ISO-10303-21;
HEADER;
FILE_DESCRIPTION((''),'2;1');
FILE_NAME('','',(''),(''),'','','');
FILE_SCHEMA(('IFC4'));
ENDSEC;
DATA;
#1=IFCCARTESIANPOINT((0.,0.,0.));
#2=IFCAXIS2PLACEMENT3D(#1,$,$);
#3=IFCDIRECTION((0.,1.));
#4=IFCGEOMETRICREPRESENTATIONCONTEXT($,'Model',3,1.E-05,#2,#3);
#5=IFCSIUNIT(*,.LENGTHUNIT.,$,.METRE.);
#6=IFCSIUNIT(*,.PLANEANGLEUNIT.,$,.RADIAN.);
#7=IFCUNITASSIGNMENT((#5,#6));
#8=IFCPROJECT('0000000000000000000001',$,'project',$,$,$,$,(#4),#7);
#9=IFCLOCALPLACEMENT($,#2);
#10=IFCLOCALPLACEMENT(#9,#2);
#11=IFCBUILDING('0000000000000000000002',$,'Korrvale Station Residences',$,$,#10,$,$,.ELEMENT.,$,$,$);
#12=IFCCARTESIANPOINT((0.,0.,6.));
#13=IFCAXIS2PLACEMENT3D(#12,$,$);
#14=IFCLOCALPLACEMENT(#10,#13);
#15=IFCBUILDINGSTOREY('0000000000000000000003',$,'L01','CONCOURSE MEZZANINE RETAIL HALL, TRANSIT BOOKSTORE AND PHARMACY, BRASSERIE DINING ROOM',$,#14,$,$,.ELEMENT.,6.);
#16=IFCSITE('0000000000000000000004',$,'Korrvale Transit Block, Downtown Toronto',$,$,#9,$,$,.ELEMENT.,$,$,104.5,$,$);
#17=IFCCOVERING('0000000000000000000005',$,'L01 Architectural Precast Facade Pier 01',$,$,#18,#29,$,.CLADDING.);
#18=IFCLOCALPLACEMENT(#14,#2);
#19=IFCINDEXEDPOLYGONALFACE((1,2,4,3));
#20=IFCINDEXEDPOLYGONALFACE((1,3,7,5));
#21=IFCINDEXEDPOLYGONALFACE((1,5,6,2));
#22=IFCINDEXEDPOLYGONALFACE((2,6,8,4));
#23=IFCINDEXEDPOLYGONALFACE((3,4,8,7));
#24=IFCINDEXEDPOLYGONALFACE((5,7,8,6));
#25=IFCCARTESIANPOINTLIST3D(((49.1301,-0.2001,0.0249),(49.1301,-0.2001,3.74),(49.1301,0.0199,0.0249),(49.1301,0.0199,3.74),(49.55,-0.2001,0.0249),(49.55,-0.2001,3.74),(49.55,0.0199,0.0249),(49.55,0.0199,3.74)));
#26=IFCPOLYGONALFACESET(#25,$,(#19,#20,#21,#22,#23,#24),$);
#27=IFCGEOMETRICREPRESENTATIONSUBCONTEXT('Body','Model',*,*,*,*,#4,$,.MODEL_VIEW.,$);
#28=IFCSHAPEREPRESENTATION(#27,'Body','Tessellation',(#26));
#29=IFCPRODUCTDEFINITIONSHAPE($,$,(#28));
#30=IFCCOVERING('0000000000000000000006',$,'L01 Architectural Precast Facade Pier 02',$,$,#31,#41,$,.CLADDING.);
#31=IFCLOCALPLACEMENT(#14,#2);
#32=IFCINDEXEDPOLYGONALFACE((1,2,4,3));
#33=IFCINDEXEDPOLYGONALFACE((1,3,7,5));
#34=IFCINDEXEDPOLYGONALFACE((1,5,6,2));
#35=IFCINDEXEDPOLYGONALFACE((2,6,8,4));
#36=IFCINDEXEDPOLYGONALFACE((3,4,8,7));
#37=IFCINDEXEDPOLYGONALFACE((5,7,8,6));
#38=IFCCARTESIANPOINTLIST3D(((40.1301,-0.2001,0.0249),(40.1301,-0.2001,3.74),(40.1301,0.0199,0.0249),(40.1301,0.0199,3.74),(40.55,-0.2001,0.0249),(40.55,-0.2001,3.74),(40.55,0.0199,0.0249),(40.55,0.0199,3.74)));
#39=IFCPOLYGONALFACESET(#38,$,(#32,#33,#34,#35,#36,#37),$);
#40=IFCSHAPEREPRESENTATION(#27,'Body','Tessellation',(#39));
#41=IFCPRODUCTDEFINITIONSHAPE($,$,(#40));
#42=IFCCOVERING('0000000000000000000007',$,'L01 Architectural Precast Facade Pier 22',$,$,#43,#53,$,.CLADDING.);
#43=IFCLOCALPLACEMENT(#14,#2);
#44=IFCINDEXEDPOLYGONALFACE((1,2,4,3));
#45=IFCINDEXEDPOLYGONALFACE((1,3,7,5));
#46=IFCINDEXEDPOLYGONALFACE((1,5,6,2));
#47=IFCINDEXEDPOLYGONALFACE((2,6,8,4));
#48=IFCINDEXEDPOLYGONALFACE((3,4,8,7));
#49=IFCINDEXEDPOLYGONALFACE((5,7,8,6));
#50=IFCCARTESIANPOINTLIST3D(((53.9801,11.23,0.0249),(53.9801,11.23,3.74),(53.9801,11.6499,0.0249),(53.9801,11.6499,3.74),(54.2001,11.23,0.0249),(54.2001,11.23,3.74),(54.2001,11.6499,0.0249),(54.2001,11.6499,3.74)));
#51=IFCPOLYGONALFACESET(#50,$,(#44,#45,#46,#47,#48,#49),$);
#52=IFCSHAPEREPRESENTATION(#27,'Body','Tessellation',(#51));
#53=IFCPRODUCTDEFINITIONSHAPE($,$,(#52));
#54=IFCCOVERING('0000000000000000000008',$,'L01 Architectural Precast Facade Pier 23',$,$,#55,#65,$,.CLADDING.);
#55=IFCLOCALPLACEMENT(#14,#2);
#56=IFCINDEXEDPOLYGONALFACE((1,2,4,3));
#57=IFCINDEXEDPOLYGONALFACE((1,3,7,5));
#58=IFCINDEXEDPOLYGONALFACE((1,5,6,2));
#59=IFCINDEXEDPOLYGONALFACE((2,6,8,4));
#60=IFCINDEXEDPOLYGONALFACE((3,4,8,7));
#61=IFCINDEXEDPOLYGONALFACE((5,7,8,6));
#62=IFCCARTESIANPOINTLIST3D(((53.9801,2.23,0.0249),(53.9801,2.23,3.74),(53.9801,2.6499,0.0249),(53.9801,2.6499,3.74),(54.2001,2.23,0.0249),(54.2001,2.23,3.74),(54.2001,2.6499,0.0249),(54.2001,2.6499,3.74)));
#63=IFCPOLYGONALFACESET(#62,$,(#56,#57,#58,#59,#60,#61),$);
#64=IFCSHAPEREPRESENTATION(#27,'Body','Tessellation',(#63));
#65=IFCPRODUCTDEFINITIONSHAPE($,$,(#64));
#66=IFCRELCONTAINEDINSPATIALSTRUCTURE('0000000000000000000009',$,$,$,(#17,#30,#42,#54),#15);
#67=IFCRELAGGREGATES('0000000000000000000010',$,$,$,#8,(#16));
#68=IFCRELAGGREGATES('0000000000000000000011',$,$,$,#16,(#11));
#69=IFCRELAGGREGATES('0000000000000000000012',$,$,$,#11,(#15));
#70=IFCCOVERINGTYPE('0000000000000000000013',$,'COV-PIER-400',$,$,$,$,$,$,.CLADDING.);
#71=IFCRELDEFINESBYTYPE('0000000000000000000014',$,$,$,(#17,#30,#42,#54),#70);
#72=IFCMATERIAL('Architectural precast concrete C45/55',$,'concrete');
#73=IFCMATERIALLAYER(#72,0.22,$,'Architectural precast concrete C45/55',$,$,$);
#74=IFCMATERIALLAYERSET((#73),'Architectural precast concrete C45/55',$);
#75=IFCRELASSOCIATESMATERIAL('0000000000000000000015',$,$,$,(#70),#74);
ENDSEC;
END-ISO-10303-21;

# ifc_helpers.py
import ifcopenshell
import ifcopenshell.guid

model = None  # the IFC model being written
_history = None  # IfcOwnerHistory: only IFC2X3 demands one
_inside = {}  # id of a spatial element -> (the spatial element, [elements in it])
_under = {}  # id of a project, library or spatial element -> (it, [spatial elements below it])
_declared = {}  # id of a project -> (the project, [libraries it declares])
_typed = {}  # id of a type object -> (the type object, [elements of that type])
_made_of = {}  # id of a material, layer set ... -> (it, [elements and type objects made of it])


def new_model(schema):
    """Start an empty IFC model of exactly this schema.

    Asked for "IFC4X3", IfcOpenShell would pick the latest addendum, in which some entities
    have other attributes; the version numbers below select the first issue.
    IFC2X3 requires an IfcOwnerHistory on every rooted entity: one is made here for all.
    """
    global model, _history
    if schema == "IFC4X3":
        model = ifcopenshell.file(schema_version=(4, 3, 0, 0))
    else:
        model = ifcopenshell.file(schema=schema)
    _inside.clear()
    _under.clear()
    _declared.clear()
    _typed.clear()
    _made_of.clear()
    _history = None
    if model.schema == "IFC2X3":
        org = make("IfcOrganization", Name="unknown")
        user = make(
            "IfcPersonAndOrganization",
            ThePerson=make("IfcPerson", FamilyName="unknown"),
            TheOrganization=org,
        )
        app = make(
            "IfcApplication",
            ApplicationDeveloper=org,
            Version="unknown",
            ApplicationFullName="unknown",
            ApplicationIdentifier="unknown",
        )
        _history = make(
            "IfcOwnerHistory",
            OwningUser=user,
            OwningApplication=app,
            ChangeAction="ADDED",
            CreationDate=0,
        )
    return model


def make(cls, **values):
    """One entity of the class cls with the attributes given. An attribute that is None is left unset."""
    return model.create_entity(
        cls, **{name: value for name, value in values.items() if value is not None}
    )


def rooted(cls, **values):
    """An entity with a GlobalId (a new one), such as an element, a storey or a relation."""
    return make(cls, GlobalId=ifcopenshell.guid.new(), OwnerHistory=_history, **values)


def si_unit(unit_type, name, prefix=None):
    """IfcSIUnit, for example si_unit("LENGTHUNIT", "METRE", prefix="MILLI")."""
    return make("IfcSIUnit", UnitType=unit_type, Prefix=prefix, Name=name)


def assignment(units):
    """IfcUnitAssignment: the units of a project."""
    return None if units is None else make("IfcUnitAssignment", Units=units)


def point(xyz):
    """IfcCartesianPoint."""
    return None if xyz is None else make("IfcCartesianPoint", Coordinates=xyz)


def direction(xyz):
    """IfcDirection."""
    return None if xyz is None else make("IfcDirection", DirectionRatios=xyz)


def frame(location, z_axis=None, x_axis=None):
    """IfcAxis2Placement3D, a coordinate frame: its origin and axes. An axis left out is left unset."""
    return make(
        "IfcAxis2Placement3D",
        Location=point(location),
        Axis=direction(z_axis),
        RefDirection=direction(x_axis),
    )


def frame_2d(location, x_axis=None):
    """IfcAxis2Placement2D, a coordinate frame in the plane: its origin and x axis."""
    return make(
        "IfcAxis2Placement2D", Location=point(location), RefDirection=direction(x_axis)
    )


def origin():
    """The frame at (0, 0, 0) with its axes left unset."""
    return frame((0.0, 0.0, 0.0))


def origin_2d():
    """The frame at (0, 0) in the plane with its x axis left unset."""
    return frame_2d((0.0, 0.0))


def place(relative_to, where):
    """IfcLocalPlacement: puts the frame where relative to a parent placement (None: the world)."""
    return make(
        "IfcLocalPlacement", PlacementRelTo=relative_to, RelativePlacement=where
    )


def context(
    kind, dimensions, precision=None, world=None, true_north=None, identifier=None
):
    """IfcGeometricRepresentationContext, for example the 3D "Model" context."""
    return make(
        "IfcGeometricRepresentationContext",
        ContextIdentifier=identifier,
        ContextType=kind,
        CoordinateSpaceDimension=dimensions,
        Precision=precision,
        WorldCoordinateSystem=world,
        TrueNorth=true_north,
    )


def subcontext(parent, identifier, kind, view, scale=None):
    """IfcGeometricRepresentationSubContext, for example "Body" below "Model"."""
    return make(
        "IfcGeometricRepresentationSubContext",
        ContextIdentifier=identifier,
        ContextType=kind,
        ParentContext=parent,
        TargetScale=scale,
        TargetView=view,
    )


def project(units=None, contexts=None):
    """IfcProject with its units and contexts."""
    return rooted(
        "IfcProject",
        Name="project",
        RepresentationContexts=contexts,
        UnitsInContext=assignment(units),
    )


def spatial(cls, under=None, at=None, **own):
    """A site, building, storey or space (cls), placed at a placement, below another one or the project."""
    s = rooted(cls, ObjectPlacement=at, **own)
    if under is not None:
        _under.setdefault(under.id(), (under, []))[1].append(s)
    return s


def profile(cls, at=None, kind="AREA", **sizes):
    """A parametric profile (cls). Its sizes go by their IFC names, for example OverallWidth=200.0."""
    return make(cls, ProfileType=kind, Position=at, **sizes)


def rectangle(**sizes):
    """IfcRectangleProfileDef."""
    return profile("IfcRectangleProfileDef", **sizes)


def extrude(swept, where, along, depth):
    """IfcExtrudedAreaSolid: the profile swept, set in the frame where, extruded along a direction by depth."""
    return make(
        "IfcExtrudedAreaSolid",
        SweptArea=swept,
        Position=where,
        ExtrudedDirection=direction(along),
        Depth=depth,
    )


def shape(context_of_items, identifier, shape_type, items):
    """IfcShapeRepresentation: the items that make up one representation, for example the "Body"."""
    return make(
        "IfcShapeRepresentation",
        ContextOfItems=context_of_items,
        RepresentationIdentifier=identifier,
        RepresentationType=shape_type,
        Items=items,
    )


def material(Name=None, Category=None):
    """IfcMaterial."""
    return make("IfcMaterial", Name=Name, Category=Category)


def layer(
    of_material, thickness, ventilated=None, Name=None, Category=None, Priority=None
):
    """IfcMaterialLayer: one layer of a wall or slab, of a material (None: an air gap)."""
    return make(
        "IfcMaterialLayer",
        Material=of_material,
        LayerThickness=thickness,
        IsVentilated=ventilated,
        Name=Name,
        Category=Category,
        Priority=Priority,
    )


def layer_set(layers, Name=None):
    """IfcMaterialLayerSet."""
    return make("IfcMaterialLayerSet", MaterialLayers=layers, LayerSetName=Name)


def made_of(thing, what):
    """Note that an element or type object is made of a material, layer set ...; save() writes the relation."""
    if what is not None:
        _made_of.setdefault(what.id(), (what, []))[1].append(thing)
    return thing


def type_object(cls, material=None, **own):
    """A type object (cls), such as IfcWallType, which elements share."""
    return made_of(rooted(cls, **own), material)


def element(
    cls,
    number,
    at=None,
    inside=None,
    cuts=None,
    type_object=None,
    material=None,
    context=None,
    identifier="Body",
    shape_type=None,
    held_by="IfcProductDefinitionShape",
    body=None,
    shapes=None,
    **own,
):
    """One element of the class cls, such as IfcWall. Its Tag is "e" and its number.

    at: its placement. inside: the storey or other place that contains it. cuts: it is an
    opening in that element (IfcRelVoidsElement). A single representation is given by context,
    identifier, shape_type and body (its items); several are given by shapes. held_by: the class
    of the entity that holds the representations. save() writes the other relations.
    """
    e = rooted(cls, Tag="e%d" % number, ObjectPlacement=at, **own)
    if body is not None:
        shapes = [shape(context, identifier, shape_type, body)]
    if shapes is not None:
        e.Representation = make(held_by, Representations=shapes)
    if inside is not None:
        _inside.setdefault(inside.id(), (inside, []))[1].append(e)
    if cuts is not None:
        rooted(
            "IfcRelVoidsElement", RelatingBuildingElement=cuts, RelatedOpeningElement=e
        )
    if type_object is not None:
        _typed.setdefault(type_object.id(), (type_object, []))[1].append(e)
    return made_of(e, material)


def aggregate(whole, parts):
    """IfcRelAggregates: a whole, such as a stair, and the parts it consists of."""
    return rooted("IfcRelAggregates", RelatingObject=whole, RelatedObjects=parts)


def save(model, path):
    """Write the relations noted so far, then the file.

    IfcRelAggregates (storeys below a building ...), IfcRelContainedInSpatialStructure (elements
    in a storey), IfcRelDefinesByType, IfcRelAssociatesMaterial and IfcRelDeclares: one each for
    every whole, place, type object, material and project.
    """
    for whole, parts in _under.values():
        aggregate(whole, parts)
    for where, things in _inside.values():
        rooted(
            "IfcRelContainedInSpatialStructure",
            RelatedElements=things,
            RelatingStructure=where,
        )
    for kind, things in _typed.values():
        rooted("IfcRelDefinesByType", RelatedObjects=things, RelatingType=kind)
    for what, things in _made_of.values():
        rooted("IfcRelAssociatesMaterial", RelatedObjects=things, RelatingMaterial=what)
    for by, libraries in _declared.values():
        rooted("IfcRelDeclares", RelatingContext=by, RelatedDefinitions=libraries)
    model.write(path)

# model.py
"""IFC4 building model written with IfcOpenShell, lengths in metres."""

from ifc_helpers import new_model, si_unit, direction, frame, origin, origin_2d, place, context, subcontext, project, spatial, rectangle, extrude, material, layer, layer_set, type_object, element, save


model = new_model("IFC4")

# Units and contexts
model_context = context("Model", 3, precision=1e-05, world=origin(), true_north=direction((0.0, 1.0)))
body_context = subcontext(model_context, "Body", "Model", "MODEL_VIEW")
ifc_project = project(units=[si_unit("LENGTHUNIT", "METRE"), si_unit("PLANEANGLEUNIT", "RADIAN")], contexts=[model_context])

# Site, building, storey
site_placement = place(None, origin())
site = spatial("IfcSite", under=ifc_project, at=site_placement, Name="Korrvale Transit Block, Downtown Toronto", CompositionType="ELEMENT", RefElevation=104.5)
building_placement = place(site_placement, origin())
building = spatial("IfcBuilding", under=site, at=building_placement, Name="Korrvale Station Residences", CompositionType="ELEMENT")
storey_placement = place(building_placement, frame((0.0, 0.0, 6.0)))
storey = spatial("IfcBuildingStorey", under=building, at=storey_placement, Name="L01", Description="CONCOURSE MEZZANINE RETAIL HALL, TRANSIT BOOKSTORE AND PHARMACY, BRASSERIE DINING ROOM", CompositionType="ELEMENT", Elevation=6.0)

# Coverings
ifc_material_1 = material(Name="Architectural precast concrete C45/55", Category="concrete")
ifc_layer_1 = layer(ifc_material_1, 0.22, Name="Architectural precast concrete C45/55")
ifc_layer_set_1 = layer_set([ifc_layer_1], Name="Architectural precast concrete C45/55")
covering_type = type_object("IfcCoveringType", Name="COV-PIER-400", PredefinedType="CLADDING", material=ifc_layer_set_1)
for number, where, z_axis, x_axis, name in (
    (1, (49.3401, -0.0901, 0.0249), (0.0, 0.0, 1.0), (1.0, 0.0, 0.0), "L01 Architectural Precast Facade Pier 01"),
    (2, (40.3401, -0.0901, 0.0249), (0.0, 0.0, 1.0), (1.0, 0.0, 0.0), "L01 Architectural Precast Facade Pier 02"),
    (3, (54.0901, 11.4399, 0.0249), (0.0, 0.0, 1.0), (0.0, 1.0, 0.0), "L01 Architectural Precast Facade Pier 22"),
    (4, (54.0901, 2.4399, 0.0249), (0.0, 0.0, 1.0), (0.0, 1.0, 0.0), "L01 Architectural Precast Facade Pier 23"),
):
    element("IfcCovering", number, at=place(storey_placement, frame(where, z_axis=z_axis, x_axis=x_axis)), inside=storey, type_object=covering_type, Name=name, PredefinedType="CLADDING", context=body_context, shape_type="SweptSolid", body=[
        extrude(rectangle(XDim=0.4199, YDim=0.22, at=origin_2d()), origin(), (0.0, 0.0, 1.0), 3.7151),
    ])

save(model, "model.ifc")
